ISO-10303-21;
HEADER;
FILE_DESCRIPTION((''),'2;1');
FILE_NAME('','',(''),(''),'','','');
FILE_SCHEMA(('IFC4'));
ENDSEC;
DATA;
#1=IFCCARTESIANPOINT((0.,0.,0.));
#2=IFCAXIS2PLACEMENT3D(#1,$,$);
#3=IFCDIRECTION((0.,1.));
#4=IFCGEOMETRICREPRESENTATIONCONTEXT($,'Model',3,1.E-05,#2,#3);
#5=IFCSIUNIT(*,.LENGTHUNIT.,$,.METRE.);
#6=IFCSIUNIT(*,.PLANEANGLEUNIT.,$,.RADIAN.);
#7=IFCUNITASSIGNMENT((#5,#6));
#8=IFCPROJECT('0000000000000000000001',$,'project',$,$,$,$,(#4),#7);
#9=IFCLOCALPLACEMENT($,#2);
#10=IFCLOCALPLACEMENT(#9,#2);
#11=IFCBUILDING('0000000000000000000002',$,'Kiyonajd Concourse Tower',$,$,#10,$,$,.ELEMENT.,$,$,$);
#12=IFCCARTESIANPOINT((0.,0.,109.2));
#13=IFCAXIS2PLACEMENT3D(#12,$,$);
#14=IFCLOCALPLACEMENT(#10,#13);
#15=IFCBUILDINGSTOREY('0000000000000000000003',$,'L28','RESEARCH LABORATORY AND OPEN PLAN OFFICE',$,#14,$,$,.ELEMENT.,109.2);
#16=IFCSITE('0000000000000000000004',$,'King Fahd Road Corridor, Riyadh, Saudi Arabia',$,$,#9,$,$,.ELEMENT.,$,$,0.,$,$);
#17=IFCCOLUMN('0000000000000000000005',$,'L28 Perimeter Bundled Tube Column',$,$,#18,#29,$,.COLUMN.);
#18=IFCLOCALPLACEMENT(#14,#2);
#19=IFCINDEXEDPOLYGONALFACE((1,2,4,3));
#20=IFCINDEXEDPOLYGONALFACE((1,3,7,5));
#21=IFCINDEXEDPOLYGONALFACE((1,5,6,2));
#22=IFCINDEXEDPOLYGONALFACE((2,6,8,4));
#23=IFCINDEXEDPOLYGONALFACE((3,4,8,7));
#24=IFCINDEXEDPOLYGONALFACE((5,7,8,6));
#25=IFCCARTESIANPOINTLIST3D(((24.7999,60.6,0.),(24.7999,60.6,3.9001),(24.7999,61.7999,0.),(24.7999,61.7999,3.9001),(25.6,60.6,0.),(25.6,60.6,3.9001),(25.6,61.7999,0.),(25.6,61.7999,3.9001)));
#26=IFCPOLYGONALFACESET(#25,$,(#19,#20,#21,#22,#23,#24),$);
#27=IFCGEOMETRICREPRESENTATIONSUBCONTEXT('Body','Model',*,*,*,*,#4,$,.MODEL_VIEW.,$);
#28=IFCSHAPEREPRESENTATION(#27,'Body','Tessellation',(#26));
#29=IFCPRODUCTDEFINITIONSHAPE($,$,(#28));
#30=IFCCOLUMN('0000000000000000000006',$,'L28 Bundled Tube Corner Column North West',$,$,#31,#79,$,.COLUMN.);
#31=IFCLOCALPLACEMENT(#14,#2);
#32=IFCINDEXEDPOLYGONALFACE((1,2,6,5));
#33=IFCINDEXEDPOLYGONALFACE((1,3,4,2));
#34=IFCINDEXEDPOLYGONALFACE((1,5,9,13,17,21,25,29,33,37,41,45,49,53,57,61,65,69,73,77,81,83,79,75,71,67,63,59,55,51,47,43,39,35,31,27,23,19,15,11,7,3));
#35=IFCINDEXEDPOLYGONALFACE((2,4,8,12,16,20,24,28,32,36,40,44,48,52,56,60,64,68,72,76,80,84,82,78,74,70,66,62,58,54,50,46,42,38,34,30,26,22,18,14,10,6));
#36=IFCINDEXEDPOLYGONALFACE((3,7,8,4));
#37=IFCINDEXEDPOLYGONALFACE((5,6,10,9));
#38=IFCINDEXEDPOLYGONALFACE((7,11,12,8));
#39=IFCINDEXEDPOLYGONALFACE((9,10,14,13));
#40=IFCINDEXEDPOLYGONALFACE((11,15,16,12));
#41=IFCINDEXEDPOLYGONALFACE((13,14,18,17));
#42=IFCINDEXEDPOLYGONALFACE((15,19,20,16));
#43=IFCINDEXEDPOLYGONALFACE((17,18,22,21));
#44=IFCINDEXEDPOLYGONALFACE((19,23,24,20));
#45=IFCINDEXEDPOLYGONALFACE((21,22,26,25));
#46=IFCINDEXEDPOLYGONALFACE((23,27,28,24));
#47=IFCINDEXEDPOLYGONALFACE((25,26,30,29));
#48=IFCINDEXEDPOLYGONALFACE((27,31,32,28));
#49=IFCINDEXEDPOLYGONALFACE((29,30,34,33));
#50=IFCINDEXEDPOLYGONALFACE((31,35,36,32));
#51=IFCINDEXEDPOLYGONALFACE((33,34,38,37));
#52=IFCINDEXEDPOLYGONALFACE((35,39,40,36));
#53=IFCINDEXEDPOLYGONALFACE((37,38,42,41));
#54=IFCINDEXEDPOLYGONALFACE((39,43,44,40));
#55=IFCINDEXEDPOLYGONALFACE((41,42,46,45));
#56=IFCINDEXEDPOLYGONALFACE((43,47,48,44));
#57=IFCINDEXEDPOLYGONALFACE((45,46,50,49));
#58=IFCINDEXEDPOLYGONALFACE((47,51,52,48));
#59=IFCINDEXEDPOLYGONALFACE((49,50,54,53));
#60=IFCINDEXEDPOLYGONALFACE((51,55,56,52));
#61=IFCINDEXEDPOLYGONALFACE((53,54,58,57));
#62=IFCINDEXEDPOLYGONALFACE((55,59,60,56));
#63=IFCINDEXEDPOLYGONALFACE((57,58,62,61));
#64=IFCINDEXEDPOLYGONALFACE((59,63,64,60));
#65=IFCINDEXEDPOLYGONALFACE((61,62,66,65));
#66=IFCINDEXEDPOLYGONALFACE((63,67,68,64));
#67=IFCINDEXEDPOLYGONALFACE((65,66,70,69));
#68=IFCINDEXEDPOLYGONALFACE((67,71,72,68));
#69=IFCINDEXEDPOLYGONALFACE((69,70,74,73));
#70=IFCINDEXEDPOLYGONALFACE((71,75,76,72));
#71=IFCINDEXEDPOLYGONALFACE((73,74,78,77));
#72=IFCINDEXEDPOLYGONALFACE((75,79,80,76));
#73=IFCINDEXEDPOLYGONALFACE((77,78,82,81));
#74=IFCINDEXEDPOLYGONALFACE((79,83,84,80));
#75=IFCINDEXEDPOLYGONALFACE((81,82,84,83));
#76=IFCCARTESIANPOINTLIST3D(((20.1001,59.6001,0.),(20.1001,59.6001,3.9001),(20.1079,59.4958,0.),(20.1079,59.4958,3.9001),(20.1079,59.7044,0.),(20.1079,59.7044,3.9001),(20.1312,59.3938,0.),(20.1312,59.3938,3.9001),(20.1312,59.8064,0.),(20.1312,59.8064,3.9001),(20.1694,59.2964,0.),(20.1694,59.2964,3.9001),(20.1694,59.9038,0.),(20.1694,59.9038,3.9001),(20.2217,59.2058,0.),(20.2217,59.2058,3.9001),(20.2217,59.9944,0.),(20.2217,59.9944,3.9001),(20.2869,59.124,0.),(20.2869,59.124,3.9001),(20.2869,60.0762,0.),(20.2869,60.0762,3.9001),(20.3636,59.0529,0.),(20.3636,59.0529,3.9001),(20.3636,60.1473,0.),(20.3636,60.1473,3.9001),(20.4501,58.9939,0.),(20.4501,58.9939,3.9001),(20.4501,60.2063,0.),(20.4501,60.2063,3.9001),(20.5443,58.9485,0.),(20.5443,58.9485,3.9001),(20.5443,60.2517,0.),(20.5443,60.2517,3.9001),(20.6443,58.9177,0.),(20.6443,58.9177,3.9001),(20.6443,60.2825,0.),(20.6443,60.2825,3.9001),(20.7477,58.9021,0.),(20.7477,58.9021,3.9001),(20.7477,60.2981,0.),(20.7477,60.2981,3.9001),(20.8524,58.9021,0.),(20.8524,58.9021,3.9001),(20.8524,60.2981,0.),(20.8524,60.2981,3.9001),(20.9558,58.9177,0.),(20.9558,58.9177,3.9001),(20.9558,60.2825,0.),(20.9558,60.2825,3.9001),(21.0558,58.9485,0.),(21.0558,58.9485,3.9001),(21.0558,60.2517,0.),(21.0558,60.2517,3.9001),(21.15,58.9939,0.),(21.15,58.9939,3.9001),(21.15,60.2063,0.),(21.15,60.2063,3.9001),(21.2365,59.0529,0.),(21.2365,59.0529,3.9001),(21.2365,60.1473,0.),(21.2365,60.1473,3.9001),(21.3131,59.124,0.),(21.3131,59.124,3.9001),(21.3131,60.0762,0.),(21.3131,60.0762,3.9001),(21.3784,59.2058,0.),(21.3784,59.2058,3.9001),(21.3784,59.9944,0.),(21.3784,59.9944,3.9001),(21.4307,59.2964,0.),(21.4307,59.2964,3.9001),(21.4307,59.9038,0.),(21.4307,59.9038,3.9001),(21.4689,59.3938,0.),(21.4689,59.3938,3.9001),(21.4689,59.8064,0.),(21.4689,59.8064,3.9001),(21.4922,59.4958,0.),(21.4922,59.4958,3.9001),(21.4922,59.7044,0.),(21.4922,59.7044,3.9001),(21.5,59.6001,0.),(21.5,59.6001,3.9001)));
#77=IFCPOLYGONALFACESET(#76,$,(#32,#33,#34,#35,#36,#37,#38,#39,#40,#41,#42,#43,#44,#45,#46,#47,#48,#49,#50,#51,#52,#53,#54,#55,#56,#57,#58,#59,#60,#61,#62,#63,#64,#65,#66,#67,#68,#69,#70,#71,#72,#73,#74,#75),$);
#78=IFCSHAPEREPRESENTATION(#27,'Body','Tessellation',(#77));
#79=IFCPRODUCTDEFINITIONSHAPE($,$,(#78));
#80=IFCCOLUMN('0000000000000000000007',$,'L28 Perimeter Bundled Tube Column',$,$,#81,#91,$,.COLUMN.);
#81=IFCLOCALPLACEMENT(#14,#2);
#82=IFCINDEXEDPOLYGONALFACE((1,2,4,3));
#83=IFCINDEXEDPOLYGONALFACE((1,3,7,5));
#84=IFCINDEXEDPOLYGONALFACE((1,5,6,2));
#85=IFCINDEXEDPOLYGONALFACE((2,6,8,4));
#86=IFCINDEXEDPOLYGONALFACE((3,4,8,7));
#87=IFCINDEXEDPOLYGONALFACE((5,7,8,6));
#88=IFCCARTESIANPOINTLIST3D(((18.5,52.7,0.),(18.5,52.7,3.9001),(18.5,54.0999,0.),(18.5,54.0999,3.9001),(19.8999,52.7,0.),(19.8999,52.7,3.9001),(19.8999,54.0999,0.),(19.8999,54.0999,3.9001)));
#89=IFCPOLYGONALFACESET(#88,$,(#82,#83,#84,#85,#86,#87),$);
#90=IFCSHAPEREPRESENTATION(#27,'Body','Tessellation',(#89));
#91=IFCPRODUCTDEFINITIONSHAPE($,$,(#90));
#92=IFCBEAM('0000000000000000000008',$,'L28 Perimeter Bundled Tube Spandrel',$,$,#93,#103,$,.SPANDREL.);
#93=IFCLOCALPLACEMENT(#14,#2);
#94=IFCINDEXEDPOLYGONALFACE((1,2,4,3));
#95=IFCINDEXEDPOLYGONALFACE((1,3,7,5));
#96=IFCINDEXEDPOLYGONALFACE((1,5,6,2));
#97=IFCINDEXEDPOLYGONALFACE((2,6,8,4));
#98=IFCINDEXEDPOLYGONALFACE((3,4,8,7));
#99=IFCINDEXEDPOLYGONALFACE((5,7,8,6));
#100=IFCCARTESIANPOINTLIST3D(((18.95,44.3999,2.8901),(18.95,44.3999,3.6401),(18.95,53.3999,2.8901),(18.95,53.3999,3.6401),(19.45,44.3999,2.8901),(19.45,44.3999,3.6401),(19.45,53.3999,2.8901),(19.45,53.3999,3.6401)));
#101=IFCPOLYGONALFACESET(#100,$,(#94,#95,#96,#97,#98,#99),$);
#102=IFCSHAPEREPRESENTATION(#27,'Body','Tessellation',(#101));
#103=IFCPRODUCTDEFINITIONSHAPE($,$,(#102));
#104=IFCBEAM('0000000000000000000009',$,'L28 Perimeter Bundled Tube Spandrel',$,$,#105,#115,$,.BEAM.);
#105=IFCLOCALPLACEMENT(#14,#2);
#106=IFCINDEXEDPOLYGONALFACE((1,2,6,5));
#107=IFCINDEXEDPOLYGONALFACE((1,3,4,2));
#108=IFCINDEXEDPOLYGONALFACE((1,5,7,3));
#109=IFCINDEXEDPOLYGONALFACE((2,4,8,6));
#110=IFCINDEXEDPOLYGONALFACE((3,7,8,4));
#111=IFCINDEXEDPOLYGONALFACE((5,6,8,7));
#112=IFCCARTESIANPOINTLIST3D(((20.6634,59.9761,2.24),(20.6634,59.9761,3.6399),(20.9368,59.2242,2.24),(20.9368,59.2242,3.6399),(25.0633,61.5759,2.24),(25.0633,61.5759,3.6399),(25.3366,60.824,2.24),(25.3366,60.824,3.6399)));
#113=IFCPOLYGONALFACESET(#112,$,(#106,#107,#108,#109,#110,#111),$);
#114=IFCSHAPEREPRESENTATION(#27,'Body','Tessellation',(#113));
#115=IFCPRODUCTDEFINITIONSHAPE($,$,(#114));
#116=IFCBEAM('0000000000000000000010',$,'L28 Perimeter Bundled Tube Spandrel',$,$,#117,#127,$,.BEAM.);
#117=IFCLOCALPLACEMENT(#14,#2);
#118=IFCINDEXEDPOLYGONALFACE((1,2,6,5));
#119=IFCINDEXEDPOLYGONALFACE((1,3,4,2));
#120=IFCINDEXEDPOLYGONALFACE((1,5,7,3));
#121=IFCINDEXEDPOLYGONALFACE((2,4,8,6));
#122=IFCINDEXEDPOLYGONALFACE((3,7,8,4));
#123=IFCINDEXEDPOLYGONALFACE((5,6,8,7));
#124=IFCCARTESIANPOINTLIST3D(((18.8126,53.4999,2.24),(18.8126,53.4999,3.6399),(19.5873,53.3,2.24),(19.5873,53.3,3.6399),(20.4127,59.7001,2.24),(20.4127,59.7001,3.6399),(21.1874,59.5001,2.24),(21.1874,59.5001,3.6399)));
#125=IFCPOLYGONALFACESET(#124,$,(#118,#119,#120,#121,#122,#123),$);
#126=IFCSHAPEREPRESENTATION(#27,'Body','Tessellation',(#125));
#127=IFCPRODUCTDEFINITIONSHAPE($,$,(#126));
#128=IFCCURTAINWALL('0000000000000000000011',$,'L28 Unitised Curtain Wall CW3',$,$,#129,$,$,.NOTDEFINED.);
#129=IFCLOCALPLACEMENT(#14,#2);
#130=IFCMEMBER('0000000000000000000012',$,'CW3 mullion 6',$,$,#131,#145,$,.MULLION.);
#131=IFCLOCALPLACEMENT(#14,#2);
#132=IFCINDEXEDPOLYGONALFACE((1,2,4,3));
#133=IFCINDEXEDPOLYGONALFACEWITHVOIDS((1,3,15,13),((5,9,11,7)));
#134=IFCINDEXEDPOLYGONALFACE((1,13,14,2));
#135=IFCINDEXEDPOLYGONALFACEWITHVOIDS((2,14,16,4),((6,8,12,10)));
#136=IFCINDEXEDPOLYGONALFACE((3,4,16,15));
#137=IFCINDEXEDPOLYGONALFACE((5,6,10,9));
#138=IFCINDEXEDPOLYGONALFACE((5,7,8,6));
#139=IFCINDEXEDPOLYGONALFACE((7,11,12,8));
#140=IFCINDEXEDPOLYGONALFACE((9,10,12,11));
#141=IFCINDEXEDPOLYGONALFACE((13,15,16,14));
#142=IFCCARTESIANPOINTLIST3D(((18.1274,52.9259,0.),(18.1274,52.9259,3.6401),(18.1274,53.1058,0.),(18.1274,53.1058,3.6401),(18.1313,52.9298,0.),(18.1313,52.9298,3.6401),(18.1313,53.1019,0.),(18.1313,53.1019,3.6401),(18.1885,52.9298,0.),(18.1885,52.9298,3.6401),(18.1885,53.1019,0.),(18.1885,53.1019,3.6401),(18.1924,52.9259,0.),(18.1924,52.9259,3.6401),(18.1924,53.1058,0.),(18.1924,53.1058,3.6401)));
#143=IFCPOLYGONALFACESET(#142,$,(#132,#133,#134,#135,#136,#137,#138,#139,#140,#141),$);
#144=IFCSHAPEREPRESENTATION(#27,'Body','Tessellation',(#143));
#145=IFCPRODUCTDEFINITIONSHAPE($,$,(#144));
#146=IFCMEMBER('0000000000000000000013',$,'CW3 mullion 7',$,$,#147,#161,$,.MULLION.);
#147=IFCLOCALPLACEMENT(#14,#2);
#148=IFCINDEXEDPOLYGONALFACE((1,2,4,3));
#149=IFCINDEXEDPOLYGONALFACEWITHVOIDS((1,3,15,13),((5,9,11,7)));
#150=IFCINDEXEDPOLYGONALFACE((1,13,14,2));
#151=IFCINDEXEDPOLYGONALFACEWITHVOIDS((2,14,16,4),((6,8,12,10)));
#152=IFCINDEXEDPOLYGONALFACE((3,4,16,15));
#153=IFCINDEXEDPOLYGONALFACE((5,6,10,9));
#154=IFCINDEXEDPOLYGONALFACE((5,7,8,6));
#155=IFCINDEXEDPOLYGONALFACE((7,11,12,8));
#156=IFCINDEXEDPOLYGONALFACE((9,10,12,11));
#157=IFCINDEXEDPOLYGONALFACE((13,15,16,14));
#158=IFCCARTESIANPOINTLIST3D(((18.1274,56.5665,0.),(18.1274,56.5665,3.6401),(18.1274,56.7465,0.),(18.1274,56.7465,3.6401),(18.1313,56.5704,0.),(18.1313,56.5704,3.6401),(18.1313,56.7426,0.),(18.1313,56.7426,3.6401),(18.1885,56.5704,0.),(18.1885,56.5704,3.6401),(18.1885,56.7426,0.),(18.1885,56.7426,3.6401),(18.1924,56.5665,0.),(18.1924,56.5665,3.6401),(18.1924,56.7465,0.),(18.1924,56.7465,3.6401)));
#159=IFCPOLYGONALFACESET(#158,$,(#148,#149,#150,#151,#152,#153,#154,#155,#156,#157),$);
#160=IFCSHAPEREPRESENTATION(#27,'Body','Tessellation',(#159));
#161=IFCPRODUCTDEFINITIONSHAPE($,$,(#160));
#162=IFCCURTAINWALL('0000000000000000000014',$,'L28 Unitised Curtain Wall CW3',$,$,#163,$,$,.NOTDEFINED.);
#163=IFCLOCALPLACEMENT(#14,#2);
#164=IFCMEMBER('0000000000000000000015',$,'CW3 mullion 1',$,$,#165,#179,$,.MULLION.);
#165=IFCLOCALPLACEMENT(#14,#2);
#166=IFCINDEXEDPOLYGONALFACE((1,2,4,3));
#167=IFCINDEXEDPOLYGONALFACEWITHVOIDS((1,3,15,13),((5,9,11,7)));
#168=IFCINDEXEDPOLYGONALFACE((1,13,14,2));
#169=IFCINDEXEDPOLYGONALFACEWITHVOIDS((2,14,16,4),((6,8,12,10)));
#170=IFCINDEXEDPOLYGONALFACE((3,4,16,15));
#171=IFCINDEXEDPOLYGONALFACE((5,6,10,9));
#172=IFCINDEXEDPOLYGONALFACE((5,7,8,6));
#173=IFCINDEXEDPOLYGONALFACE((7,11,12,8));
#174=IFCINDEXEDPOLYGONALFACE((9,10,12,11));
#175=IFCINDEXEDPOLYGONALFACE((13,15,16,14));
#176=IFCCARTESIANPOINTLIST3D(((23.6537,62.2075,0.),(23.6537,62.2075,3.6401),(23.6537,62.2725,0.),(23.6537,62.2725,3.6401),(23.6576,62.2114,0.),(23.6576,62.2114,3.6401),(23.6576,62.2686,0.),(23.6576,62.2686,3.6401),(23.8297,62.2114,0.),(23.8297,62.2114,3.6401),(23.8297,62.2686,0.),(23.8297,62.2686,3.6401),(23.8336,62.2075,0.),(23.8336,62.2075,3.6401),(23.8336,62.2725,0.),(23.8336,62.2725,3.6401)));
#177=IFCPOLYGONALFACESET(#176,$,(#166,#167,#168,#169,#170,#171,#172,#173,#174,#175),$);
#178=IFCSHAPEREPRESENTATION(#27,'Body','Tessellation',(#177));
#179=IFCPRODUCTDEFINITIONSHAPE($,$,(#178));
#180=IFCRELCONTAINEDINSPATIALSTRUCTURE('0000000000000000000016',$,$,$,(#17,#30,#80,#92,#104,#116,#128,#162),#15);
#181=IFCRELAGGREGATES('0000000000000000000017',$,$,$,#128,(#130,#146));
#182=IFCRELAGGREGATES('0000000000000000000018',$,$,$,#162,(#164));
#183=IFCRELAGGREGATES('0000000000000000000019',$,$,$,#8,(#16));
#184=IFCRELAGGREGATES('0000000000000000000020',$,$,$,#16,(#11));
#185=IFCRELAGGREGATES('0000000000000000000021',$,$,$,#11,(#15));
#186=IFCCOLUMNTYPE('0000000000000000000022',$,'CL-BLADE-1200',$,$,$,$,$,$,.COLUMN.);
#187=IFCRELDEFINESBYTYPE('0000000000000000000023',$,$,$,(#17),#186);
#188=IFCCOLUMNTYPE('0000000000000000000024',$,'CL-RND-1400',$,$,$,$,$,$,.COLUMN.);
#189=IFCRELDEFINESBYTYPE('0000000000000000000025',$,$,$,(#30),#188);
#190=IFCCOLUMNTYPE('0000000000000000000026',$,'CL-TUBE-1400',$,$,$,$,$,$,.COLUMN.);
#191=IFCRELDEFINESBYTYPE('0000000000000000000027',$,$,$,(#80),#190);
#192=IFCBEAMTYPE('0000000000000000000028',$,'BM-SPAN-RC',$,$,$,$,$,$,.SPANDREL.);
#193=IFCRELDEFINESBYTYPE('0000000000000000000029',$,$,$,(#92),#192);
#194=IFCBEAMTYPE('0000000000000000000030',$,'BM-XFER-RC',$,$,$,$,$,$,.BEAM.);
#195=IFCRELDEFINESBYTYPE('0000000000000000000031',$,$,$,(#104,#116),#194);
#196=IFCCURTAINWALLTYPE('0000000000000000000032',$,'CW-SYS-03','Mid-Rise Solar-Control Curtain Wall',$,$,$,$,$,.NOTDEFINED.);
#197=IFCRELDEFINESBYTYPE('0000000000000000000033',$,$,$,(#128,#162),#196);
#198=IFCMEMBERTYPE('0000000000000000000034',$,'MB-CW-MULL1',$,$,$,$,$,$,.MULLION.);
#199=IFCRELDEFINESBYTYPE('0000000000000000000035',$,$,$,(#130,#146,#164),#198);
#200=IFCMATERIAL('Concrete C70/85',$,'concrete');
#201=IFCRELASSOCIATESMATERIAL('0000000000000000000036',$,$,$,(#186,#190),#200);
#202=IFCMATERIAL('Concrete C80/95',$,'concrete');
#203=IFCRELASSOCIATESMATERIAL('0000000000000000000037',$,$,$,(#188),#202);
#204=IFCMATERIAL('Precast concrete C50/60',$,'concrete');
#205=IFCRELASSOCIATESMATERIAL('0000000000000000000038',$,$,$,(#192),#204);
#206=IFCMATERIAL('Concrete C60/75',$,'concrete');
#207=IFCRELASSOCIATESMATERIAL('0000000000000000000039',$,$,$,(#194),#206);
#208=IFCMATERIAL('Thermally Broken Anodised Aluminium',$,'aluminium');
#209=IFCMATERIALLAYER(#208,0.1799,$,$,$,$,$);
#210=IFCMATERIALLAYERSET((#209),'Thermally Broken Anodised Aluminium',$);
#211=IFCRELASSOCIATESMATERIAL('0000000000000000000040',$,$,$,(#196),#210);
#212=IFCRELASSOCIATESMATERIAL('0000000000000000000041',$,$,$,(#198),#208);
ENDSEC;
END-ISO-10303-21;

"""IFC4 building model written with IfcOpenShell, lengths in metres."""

from ifc_helpers import new_model, si_unit, direction, frame, origin, origin_2d, place, context, subcontext, project, spatial, rectangle, hollow_rectangle, circle, extrude, material, layer, layer_set, material_profile, profile_set, type_object, element, aggregate, save


model = new_model("IFC4")

# Units and contexts
model_context = context("Model", 3, precision=1e-05, world=origin(), true_north=direction((0.0, 1.0)))
body_context = subcontext(model_context, "Body", "Model", "MODEL_VIEW")
ifc_project = project(units=[si_unit("LENGTHUNIT", "METRE"), si_unit("PLANEANGLEUNIT", "RADIAN")], contexts=[model_context])

# Site, building, storey
site_placement = place(None, origin())
site = spatial("IfcSite", under=ifc_project, at=site_placement, Name="King Fahd Road Corridor, Riyadh, Saudi Arabia", CompositionType="ELEMENT", RefElevation=0.0)
building_placement = place(site_placement, origin())
building = spatial("IfcBuilding", under=site, at=building_placement, Name="Kiyonajd Concourse Tower", CompositionType="ELEMENT")
storey_placement = place(building_placement, frame((0.0, 0.0, 109.2)))
storey = spatial("IfcBuildingStorey", under=building, at=storey_placement, Name="L28", Description="RESEARCH LABORATORY AND OPEN PLAN OFFICE", CompositionType="ELEMENT", Elevation=109.2)

# Columns
ifc_material_1 = material(Name="Concrete C70/85", Category="concrete")
ifc_material_profile_1 = material_profile(ifc_material_1, rectangle(XDim=0.8, YDim=1.2, at=origin_2d()), Name="RC-1200x800")
ifc_profile_set_1 = profile_set([ifc_material_profile_1], Name="Concrete C70/85")
column_type_1 = type_object("IfcColumnType", Name="CL-BLADE-1200", PredefinedType="COLUMN", material=ifc_profile_set_1)
column_1_placement = place(storey_placement, frame((25.2, 61.2, 0.0), z_axis=(0.0, 0.0, 1.0), x_axis=(1.0, 0.0, 0.0)))
element("IfcColumn", 1, at=column_1_placement, inside=storey, type_object=column_type_1, Name="L28 Perimeter Bundled Tube Column", PredefinedType="COLUMN", context=body_context, shape_type="SweptSolid", body=[
    extrude(rectangle(XDim=0.8, YDim=1.2, at=origin_2d()), origin(), (0.0, 0.0, 1.0), 3.9001),
])
ifc_material_2 = material(Name="Concrete C80/95", Category="concrete")
ifc_material_profile_2 = material_profile(ifc_material_2, circle(Radius=0.7, at=origin_2d()), Name="RCC-D1400")
ifc_profile_set_2 = profile_set([ifc_material_profile_2], Name="Concrete C80/95")
column_type_2 = type_object("IfcColumnType", Name="CL-RND-1400", PredefinedType="COLUMN", material=ifc_profile_set_2)
column_2_placement = place(storey_placement, frame((20.8, 59.6001, 0.0), z_axis=(0.0, 0.0, 1.0), x_axis=(1.0, 0.0, 0.0)))
element("IfcColumn", 2, at=column_2_placement, inside=storey, type_object=column_type_2, Name="L28 Bundled Tube Corner Column North West", PredefinedType="COLUMN", context=body_context, shape_type="SweptSolid", body=[
    extrude(circle(Radius=0.7, at=origin_2d()), origin(), (0.0, 0.0, 1.0), 3.9001),
])
ifc_material_profile_3 = material_profile(ifc_material_1, rectangle(XDim=1.3999, YDim=1.3999, at=origin_2d()), Name="RC-1400x1400")
ifc_profile_set_3 = profile_set([ifc_material_profile_3], Name="Concrete C70/85")
column_type_3 = type_object("IfcColumnType", Name="CL-TUBE-1400", PredefinedType="COLUMN", material=ifc_profile_set_3)
column_3_placement = place(storey_placement, frame((19.2, 53.3999, 0.0), z_axis=(0.0, 0.0, 1.0), x_axis=(1.0, 0.0, 0.0)))
element("IfcColumn", 3, at=column_3_placement, inside=storey, type_object=column_type_3, Name="L28 Perimeter Bundled Tube Column", PredefinedType="COLUMN", context=body_context, shape_type="SweptSolid", body=[
    extrude(rectangle(XDim=1.3999, YDim=1.3999, at=origin_2d()), origin(), (0.0, 0.0, 1.0), 3.9001),
])

# Beams
ifc_material_3 = material(Name="Precast concrete C50/60", Category="concrete")
ifc_material_profile_4 = material_profile(ifc_material_3, rectangle(XDim=0.5, YDim=0.75, at=origin_2d()), Name="RCBM-500x750")
ifc_profile_set_4 = profile_set([ifc_material_profile_4], Name="Precast concrete C50/60")
beam_type_1 = type_object("IfcBeamType", Name="BM-SPAN-RC", PredefinedType="SPANDREL", material=ifc_profile_set_4)
beam_1_placement = place(storey_placement, frame((19.2, 53.3999, 3.2651), z_axis=(0.0, -1.0, 0.0), x_axis=(1.0, 0.0, 0.0)))
element("IfcBeam", 4, at=beam_1_placement, inside=storey, type_object=beam_type_1, Name="L28 Perimeter Bundled Tube Spandrel", PredefinedType="SPANDREL", context=body_context, shape_type="SweptSolid", body=[
    extrude(rectangle(XDim=0.5, YDim=0.75, at=origin_2d()), origin(), (0.0, 0.0, 1.0), 9.0),
])
ifc_material_4 = material(Name="Concrete C60/75", Category="concrete")
ifc_material_profile_5 = material_profile(ifc_material_4, rectangle(XDim=0.8, YDim=1.3999, at=origin_2d()), Name="RCBM-800x1400")
ifc_profile_set_5 = profile_set([ifc_material_profile_5], Name="Concrete C60/75")
beam_type_2 = type_object("IfcBeamType", Name="BM-XFER-RC", PredefinedType="BEAM", material=ifc_profile_set_5)
beam_2_placement = place(storey_placement, frame((25.2, 61.2, 2.9399), z_axis=(-0.939801, -0.341722, 0.0), x_axis=(0.341722, -0.939801, 0.0)))
element("IfcBeam", 5, at=beam_2_placement, inside=storey, type_object=beam_type_2, Name="L28 Perimeter Bundled Tube Spandrel", PredefinedType="BEAM", context=body_context, shape_type="SweptSolid", body=[
    extrude(rectangle(XDim=0.8, YDim=1.3999, at=origin_2d()), origin(), (0.0, 0.0, 1.0), 4.6816),
])
beam_3_placement = place(storey_placement, frame((20.8, 59.6001, 2.9399), z_axis=(-0.249885, -0.968276, 0.0), x_axis=(0.968276, -0.249885, 0.0)))
element("IfcBeam", 6, at=beam_3_placement, inside=storey, type_object=beam_type_2, Name="L28 Perimeter Bundled Tube Spandrel", PredefinedType="BEAM", context=body_context, shape_type="SweptSolid", body=[
    extrude(rectangle(XDim=0.8, YDim=1.3999, at=origin_2d()), origin(), (0.0, 0.0, 1.0), 6.4033),
])

# Curtain walls, members
ifc_material_5 = material(Name="Thermally Broken Anodised Aluminium", Category="aluminium")
ifc_layer_1 = layer(ifc_material_5, 0.1799)
ifc_layer_set_1 = layer_set([ifc_layer_1], Name="Thermally Broken Anodised Aluminium")
curtain_wall_type = type_object("IfcCurtainWallType", Name="CW-SYS-03", Description="Mid-Rise Solar-Control Curtain Wall", PredefinedType="NOTDEFINED", material=ifc_layer_set_1)
curtain_wall_1_placement = place(storey_placement, origin())
curtain_wall_1 = element("IfcCurtainWall", 7, at=curtain_wall_1_placement, inside=storey, type_object=curtain_wall_type, Name="L28 Unitised Curtain Wall CW3", PredefinedType="NOTDEFINED")
ifc_material_profile_6 = material_profile(ifc_material_5, hollow_rectangle(XDim=0.0649, YDim=0.1799, WallThickness=0.0039, at=origin_2d()), Name="MULL-65x180")
ifc_profile_set_6 = profile_set([ifc_material_profile_6], Name="Thermally Broken Anodised Aluminium")
member_type_1 = type_object("IfcMemberType", Name="MB-CW-MULL1", PredefinedType="MULLION", material=ifc_profile_set_6)
member_1_placement = place(storey_placement, frame((18.1599, 53.0159, 0.0), z_axis=(0.0, 0.0, 1.0), x_axis=(-1.0, 0.0, 0.0)))
member_1 = element("IfcMember", 8, at=member_1_placement, type_object=member_type_1, Name="CW3 mullion 6", PredefinedType="MULLION", context=body_context, shape_type="SweptSolid", body=[
    extrude(hollow_rectangle(XDim=0.0649, YDim=0.1799, WallThickness=0.0039, at=origin_2d()), origin(), (0.0, 0.0, 1.0), 3.6401),
])
member_2_placement = place(storey_placement, frame((18.1599, 56.6565, 0.0), z_axis=(0.0, 0.0, 1.0), x_axis=(-1.0, 0.0, 0.0)))
member_2 = element("IfcMember", 9, at=member_2_placement, type_object=member_type_1, Name="CW3 mullion 7", PredefinedType="MULLION", context=body_context, shape_type="SweptSolid", body=[
    extrude(hollow_rectangle(XDim=0.0649, YDim=0.1799, WallThickness=0.0039, at=origin_2d()), origin(), (0.0, 0.0, 1.0), 3.6401),
])
curtain_wall_2_placement = place(storey_placement, origin())
curtain_wall_2 = element("IfcCurtainWall", 10, at=curtain_wall_2_placement, inside=storey, type_object=curtain_wall_type, Name="L28 Unitised Curtain Wall CW3", PredefinedType="NOTDEFINED")
member_3_placement = place(storey_placement, frame((23.7437, 62.24, 0.0), z_axis=(0.0, 0.0, 1.0), x_axis=(0.0, 1.0, 0.0)))
member_3 = element("IfcMember", 11, at=member_3_placement, type_object=member_type_1, Name="CW3 mullion 1", PredefinedType="MULLION", context=body_context, shape_type="SweptSolid", body=[
    extrude(hollow_rectangle(XDim=0.0649, YDim=0.1799, WallThickness=0.0039, at=origin_2d()), origin(), (0.0, 0.0, 1.0), 3.6401),
])

aggregate(curtain_wall_1, [member_1, member_2])
aggregate(curtain_wall_2, [member_3])

save(model, "model.ifc")
